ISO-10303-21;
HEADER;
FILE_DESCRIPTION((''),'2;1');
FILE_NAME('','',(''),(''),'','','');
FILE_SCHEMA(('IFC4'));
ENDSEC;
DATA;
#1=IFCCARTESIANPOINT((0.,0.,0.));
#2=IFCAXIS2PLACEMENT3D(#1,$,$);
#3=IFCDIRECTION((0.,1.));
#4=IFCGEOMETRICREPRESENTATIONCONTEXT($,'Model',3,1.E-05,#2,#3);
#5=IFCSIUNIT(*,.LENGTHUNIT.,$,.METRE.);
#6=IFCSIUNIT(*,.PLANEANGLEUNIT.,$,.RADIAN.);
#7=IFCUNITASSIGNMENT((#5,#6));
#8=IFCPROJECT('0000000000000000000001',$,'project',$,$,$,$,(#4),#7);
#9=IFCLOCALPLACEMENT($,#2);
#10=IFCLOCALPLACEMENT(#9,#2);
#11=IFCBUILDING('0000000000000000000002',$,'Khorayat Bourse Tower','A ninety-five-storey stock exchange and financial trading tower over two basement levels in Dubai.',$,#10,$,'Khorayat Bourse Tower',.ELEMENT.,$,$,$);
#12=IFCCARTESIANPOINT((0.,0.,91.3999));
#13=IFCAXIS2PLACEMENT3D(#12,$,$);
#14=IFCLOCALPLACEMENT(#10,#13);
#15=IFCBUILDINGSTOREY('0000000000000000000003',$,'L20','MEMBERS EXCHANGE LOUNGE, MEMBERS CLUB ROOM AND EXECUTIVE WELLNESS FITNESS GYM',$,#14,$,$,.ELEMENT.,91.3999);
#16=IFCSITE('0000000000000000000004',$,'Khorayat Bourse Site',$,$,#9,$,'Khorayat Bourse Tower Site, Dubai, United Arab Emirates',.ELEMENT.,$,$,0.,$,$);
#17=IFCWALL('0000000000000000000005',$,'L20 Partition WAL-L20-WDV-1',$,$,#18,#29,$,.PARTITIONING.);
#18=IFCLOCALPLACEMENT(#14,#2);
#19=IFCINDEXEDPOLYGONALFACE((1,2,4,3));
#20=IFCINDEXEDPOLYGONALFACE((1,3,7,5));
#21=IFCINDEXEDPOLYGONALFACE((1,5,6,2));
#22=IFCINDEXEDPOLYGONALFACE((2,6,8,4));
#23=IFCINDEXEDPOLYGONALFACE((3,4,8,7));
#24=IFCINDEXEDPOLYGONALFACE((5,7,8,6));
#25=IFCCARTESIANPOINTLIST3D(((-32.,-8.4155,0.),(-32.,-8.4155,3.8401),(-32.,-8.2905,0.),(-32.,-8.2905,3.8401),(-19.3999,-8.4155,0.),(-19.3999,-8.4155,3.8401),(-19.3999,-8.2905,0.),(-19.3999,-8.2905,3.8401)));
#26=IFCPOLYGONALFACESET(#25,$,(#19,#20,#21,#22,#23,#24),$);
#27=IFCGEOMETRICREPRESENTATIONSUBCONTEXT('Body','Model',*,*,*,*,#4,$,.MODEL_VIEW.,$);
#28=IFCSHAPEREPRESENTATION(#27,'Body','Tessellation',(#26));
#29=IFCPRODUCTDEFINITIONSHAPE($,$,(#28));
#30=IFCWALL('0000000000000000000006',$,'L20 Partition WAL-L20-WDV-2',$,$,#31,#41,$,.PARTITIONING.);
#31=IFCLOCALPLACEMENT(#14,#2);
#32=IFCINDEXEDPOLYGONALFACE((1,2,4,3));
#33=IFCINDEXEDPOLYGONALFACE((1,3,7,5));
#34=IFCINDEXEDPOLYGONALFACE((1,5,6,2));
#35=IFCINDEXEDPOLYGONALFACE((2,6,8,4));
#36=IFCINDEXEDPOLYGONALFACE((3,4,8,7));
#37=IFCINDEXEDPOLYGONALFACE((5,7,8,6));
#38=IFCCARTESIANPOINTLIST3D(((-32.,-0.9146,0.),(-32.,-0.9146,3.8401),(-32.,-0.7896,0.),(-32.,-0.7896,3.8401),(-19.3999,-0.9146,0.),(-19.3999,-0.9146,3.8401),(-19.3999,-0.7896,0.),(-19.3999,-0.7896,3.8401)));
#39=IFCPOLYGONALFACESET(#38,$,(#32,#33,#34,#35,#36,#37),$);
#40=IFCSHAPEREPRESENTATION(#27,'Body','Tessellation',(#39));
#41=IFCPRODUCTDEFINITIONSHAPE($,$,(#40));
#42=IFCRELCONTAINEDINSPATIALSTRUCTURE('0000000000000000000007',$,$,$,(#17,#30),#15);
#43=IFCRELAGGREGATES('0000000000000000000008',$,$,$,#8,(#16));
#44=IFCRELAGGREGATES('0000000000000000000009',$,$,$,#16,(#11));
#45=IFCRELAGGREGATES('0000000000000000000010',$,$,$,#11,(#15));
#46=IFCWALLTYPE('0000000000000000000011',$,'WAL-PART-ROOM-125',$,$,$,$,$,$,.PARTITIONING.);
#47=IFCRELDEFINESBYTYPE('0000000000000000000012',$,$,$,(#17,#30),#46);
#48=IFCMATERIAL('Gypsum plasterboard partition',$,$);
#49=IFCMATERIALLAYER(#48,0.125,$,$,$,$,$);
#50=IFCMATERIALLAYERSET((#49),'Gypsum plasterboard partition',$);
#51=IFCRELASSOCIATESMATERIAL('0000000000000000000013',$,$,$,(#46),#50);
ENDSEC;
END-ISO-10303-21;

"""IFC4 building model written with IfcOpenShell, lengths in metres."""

from ifc_helpers import new_model, si_unit, direction, frame, frame_2d, origin, place, context, subcontext, project, spatial, rectangle, extrude, source, transform, mapped, material, layer, layer_set, type_object, element, save


model = new_model("IFC4")

# Units and contexts
model_context = context("Model", 3, precision=1e-05, world=origin(), true_north=direction((0.0, 1.0)))
body_context = subcontext(model_context, "Body", "Model", "MODEL_VIEW")
ifc_project = project(units=[si_unit("LENGTHUNIT", "METRE"), si_unit("PLANEANGLEUNIT", "RADIAN")], contexts=[model_context])

# Site, building, storey
site_placement = place(None, origin())
site = spatial("IfcSite", under=ifc_project, at=site_placement, Name="Khorayat Bourse Site", LongName="Khorayat Bourse Tower Site, Dubai, United Arab Emirates", CompositionType="ELEMENT", RefElevation=0.0)
building_placement = place(site_placement, origin())
building = spatial("IfcBuilding", under=site, at=building_placement, Name="Khorayat Bourse Tower", Description="A ninety-five-storey stock exchange and financial trading tower over two basement levels in Dubai.", LongName="Khorayat Bourse Tower", CompositionType="ELEMENT")
storey_placement = place(building_placement, frame((0.0, 0.0, 91.3999)))
storey = spatial("IfcBuildingStorey", under=building, at=storey_placement, Name="L20", Description="MEMBERS EXCHANGE LOUNGE, MEMBERS CLUB ROOM AND EXECUTIVE WELLNESS FITNESS GYM", CompositionType="ELEMENT", Elevation=91.3999)

# Walls
ifc_material_1 = material(Name="Gypsum plasterboard partition")
ifc_layer_1 = layer(ifc_material_1, 0.125)
ifc_layer_set_1 = layer_set([ifc_layer_1], Name="Gypsum plasterboard partition")
wall_type_1 = type_object("IfcWallType", Name="WAL-PART-ROOM-125", PredefinedType="PARTITIONING", material=ifc_layer_set_1)
shared_shape_1 = source(origin(), body_context, "Body", "SweptSolid", [
    extrude(rectangle(XDim=12.6001, YDim=0.125, at=frame_2d((6.3, 0.0))), origin(), (0.0, 0.0, 1.0), 3.8401),
])
for number, where, z_axis, x_axis, name in (
    (1, (-32.0, -8.353, 0.0), (0.0, 0.0, 1.0), (1.0, 0.0, 0.0), "L20 Partition WAL-L20-WDV-1"),
    (2, (-32.0, -0.8521, 0.0), (0.0, 0.0, 1.0), (1.0, 0.0, 0.0), "L20 Partition WAL-L20-WDV-2"),
):
    element("IfcWall", number, at=place(storey_placement, frame(where, z_axis=z_axis, x_axis=x_axis)), inside=storey, type_object=wall_type_1, Name=name, PredefinedType="PARTITIONING", context=body_context, shape_type="MappedRepresentation", body=[
        mapped(shared_shape_1, transform((0.0, 0.0, 0.0), scale=1.0)),
    ])

save(model, "model.ifc")
